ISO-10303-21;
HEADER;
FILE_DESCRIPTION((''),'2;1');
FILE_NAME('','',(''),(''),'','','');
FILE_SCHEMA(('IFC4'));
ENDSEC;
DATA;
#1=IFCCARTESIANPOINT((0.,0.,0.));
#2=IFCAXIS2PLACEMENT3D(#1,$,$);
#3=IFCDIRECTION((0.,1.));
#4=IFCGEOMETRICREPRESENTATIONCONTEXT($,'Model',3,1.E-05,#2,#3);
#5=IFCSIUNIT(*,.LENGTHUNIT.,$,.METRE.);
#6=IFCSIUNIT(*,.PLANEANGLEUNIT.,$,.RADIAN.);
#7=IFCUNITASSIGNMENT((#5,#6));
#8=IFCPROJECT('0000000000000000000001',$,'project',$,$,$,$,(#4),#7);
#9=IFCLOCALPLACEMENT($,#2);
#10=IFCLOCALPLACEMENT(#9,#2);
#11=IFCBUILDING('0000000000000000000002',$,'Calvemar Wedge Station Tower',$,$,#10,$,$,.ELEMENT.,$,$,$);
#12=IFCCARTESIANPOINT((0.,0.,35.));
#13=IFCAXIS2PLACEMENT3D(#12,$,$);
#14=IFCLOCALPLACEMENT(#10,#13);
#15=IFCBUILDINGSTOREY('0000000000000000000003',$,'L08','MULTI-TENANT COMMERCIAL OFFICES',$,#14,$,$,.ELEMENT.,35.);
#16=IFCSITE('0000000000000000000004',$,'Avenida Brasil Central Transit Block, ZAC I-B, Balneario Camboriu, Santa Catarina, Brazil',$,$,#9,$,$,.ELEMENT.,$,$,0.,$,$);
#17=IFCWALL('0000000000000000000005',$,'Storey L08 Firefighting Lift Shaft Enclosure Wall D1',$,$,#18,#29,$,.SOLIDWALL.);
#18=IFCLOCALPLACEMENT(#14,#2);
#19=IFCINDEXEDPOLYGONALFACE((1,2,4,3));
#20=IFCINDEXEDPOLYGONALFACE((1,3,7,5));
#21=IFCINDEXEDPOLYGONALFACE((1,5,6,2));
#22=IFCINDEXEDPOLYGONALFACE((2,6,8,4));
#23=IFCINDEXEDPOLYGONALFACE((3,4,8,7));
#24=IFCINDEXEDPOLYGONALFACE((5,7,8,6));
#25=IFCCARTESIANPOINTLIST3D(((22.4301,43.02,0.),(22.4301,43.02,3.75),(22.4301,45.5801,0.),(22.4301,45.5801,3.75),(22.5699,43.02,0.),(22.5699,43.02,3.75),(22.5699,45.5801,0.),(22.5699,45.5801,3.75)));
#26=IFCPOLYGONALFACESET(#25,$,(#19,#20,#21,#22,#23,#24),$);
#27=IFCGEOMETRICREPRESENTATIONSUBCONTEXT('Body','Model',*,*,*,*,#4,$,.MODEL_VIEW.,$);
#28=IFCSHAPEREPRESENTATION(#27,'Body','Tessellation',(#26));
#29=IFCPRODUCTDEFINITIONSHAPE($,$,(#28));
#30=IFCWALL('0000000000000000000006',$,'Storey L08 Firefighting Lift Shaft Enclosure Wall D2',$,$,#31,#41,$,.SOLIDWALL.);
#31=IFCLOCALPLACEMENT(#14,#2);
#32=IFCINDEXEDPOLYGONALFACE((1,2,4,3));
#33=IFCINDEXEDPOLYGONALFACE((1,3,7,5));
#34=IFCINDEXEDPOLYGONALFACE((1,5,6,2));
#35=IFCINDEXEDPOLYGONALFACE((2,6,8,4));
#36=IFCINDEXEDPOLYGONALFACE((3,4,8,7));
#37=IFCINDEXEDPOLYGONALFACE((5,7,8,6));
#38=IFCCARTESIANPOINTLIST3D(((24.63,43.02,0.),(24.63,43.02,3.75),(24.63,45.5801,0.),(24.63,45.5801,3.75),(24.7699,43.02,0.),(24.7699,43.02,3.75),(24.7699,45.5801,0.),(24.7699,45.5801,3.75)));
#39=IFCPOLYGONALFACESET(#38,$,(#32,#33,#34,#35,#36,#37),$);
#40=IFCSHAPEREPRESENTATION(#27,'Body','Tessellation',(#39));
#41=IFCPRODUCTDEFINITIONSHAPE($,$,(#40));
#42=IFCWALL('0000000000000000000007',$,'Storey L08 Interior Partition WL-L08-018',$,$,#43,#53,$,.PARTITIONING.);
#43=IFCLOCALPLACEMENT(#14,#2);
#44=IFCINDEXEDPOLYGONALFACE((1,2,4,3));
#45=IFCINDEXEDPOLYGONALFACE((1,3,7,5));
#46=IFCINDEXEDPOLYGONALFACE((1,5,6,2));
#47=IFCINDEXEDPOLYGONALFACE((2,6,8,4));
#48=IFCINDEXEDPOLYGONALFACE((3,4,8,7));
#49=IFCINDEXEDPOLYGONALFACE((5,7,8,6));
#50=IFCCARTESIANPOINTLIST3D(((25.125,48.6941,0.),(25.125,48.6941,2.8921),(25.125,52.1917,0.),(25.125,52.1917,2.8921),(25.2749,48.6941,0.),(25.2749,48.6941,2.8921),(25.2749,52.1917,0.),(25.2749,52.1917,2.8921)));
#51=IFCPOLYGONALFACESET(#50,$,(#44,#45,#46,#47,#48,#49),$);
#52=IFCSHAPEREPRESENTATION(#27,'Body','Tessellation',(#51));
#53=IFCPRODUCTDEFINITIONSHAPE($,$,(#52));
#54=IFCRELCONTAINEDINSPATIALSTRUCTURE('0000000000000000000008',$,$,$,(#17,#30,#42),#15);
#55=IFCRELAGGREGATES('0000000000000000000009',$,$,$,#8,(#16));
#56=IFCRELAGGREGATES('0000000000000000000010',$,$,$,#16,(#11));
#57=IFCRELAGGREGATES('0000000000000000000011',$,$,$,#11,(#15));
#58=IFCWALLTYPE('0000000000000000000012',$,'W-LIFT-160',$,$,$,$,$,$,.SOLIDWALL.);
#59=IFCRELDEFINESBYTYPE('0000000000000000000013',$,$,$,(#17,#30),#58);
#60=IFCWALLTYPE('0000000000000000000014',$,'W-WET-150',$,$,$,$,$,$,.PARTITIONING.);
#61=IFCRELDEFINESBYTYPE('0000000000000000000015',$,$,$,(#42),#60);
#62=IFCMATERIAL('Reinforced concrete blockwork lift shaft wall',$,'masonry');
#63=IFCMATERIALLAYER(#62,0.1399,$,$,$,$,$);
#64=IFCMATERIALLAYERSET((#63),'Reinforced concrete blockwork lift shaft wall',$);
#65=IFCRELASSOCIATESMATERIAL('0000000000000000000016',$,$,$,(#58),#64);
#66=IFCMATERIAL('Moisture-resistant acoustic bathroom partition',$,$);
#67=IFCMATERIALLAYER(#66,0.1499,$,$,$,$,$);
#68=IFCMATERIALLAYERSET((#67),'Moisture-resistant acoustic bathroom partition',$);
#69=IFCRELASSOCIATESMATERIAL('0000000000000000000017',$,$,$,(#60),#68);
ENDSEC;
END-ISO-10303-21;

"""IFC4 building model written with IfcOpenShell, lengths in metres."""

from ifc_helpers import new_model, si_unit, direction, frame, frame_2d, origin, place, context, subcontext, project, spatial, rectangle, extrude, material, layer, layer_set, type_object, element, save


model = new_model("IFC4")

# Units and contexts
model_context = context("Model", 3, precision=1e-05, world=origin(), true_north=direction((0.0, 1.0)))
body_context = subcontext(model_context, "Body", "Model", "MODEL_VIEW")
ifc_project = project(units=[si_unit("LENGTHUNIT", "METRE"), si_unit("PLANEANGLEUNIT", "RADIAN")], contexts=[model_context])

# Site, building, storey
site_placement = place(None, origin())
site = spatial("IfcSite", under=ifc_project, at=site_placement, Name="Avenida Brasil Central Transit Block, ZAC I-B, Balneario Camboriu, Santa Catarina, Brazil", CompositionType="ELEMENT", RefElevation=0.0)
building_placement = place(site_placement, origin())
building = spatial("IfcBuilding", under=site, at=building_placement, Name="Calvemar Wedge Station Tower", CompositionType="ELEMENT")
storey_placement = place(building_placement, frame((0.0, 0.0, 35.0)))
storey = spatial("IfcBuildingStorey", under=building, at=storey_placement, Name="L08", Description="MULTI-TENANT COMMERCIAL OFFICES", CompositionType="ELEMENT", Elevation=35.0)

# Walls
ifc_material_1 = material(Name="Reinforced concrete blockwork lift shaft wall", Category="masonry")
ifc_layer_1 = layer(ifc_material_1, 0.1399)
ifc_layer_set_1 = layer_set([ifc_layer_1], Name="Reinforced concrete blockwork lift shaft wall")
wall_type_1 = type_object("IfcWallType", Name="W-LIFT-160", PredefinedType="SOLIDWALL", material=ifc_layer_set_1)
for number, where, z_axis, x_axis, name in (
    (1, (22.5, 43.02, 0.0), (0.0, 0.0, 1.0), (0.0, 1.0, 0.0), "Storey L08 Firefighting Lift Shaft Enclosure Wall D1"),
    (2, (24.7, 43.02, 0.0), (0.0, 0.0, 1.0), (0.0, 1.0, 0.0), "Storey L08 Firefighting Lift Shaft Enclosure Wall D2"),
):
    element("IfcWall", number, at=place(storey_placement, frame(where, z_axis=z_axis, x_axis=x_axis)), inside=storey, type_object=wall_type_1, Name=name, PredefinedType="SOLIDWALL", context=body_context, shape_type="SweptSolid", body=[
        extrude(rectangle(XDim=2.5601, YDim=0.1399, at=frame_2d((1.28, 0.0))), origin(), (0.0, 0.0, 1.0), 3.75),
    ])
ifc_material_2 = material(Name="Moisture-resistant acoustic bathroom partition")
ifc_layer_2 = layer(ifc_material_2, 0.1499)
ifc_layer_set_2 = layer_set([ifc_layer_2], Name="Moisture-resistant acoustic bathroom partition")
wall_type_2 = type_object("IfcWallType", Name="W-WET-150", PredefinedType="PARTITIONING", material=ifc_layer_set_2)
wall_1_placement = place(storey_placement, frame((25.2, 52.1917, 0.0), z_axis=(0.0, 0.0, 1.0), x_axis=(0.0, -1.0, 0.0)))
element("IfcWall", 3, at=wall_1_placement, inside=storey, type_object=wall_type_2, Name="Storey L08 Interior Partition WL-L08-018", PredefinedType="PARTITIONING", context=body_context, shape_type="SweptSolid", body=[
    extrude(rectangle(XDim=3.4976, YDim=0.1499, at=frame_2d((1.7488, 0.0))), origin(), (0.0, 0.0, 1.0), 2.8921),
])

save(model, "model.ifc")
